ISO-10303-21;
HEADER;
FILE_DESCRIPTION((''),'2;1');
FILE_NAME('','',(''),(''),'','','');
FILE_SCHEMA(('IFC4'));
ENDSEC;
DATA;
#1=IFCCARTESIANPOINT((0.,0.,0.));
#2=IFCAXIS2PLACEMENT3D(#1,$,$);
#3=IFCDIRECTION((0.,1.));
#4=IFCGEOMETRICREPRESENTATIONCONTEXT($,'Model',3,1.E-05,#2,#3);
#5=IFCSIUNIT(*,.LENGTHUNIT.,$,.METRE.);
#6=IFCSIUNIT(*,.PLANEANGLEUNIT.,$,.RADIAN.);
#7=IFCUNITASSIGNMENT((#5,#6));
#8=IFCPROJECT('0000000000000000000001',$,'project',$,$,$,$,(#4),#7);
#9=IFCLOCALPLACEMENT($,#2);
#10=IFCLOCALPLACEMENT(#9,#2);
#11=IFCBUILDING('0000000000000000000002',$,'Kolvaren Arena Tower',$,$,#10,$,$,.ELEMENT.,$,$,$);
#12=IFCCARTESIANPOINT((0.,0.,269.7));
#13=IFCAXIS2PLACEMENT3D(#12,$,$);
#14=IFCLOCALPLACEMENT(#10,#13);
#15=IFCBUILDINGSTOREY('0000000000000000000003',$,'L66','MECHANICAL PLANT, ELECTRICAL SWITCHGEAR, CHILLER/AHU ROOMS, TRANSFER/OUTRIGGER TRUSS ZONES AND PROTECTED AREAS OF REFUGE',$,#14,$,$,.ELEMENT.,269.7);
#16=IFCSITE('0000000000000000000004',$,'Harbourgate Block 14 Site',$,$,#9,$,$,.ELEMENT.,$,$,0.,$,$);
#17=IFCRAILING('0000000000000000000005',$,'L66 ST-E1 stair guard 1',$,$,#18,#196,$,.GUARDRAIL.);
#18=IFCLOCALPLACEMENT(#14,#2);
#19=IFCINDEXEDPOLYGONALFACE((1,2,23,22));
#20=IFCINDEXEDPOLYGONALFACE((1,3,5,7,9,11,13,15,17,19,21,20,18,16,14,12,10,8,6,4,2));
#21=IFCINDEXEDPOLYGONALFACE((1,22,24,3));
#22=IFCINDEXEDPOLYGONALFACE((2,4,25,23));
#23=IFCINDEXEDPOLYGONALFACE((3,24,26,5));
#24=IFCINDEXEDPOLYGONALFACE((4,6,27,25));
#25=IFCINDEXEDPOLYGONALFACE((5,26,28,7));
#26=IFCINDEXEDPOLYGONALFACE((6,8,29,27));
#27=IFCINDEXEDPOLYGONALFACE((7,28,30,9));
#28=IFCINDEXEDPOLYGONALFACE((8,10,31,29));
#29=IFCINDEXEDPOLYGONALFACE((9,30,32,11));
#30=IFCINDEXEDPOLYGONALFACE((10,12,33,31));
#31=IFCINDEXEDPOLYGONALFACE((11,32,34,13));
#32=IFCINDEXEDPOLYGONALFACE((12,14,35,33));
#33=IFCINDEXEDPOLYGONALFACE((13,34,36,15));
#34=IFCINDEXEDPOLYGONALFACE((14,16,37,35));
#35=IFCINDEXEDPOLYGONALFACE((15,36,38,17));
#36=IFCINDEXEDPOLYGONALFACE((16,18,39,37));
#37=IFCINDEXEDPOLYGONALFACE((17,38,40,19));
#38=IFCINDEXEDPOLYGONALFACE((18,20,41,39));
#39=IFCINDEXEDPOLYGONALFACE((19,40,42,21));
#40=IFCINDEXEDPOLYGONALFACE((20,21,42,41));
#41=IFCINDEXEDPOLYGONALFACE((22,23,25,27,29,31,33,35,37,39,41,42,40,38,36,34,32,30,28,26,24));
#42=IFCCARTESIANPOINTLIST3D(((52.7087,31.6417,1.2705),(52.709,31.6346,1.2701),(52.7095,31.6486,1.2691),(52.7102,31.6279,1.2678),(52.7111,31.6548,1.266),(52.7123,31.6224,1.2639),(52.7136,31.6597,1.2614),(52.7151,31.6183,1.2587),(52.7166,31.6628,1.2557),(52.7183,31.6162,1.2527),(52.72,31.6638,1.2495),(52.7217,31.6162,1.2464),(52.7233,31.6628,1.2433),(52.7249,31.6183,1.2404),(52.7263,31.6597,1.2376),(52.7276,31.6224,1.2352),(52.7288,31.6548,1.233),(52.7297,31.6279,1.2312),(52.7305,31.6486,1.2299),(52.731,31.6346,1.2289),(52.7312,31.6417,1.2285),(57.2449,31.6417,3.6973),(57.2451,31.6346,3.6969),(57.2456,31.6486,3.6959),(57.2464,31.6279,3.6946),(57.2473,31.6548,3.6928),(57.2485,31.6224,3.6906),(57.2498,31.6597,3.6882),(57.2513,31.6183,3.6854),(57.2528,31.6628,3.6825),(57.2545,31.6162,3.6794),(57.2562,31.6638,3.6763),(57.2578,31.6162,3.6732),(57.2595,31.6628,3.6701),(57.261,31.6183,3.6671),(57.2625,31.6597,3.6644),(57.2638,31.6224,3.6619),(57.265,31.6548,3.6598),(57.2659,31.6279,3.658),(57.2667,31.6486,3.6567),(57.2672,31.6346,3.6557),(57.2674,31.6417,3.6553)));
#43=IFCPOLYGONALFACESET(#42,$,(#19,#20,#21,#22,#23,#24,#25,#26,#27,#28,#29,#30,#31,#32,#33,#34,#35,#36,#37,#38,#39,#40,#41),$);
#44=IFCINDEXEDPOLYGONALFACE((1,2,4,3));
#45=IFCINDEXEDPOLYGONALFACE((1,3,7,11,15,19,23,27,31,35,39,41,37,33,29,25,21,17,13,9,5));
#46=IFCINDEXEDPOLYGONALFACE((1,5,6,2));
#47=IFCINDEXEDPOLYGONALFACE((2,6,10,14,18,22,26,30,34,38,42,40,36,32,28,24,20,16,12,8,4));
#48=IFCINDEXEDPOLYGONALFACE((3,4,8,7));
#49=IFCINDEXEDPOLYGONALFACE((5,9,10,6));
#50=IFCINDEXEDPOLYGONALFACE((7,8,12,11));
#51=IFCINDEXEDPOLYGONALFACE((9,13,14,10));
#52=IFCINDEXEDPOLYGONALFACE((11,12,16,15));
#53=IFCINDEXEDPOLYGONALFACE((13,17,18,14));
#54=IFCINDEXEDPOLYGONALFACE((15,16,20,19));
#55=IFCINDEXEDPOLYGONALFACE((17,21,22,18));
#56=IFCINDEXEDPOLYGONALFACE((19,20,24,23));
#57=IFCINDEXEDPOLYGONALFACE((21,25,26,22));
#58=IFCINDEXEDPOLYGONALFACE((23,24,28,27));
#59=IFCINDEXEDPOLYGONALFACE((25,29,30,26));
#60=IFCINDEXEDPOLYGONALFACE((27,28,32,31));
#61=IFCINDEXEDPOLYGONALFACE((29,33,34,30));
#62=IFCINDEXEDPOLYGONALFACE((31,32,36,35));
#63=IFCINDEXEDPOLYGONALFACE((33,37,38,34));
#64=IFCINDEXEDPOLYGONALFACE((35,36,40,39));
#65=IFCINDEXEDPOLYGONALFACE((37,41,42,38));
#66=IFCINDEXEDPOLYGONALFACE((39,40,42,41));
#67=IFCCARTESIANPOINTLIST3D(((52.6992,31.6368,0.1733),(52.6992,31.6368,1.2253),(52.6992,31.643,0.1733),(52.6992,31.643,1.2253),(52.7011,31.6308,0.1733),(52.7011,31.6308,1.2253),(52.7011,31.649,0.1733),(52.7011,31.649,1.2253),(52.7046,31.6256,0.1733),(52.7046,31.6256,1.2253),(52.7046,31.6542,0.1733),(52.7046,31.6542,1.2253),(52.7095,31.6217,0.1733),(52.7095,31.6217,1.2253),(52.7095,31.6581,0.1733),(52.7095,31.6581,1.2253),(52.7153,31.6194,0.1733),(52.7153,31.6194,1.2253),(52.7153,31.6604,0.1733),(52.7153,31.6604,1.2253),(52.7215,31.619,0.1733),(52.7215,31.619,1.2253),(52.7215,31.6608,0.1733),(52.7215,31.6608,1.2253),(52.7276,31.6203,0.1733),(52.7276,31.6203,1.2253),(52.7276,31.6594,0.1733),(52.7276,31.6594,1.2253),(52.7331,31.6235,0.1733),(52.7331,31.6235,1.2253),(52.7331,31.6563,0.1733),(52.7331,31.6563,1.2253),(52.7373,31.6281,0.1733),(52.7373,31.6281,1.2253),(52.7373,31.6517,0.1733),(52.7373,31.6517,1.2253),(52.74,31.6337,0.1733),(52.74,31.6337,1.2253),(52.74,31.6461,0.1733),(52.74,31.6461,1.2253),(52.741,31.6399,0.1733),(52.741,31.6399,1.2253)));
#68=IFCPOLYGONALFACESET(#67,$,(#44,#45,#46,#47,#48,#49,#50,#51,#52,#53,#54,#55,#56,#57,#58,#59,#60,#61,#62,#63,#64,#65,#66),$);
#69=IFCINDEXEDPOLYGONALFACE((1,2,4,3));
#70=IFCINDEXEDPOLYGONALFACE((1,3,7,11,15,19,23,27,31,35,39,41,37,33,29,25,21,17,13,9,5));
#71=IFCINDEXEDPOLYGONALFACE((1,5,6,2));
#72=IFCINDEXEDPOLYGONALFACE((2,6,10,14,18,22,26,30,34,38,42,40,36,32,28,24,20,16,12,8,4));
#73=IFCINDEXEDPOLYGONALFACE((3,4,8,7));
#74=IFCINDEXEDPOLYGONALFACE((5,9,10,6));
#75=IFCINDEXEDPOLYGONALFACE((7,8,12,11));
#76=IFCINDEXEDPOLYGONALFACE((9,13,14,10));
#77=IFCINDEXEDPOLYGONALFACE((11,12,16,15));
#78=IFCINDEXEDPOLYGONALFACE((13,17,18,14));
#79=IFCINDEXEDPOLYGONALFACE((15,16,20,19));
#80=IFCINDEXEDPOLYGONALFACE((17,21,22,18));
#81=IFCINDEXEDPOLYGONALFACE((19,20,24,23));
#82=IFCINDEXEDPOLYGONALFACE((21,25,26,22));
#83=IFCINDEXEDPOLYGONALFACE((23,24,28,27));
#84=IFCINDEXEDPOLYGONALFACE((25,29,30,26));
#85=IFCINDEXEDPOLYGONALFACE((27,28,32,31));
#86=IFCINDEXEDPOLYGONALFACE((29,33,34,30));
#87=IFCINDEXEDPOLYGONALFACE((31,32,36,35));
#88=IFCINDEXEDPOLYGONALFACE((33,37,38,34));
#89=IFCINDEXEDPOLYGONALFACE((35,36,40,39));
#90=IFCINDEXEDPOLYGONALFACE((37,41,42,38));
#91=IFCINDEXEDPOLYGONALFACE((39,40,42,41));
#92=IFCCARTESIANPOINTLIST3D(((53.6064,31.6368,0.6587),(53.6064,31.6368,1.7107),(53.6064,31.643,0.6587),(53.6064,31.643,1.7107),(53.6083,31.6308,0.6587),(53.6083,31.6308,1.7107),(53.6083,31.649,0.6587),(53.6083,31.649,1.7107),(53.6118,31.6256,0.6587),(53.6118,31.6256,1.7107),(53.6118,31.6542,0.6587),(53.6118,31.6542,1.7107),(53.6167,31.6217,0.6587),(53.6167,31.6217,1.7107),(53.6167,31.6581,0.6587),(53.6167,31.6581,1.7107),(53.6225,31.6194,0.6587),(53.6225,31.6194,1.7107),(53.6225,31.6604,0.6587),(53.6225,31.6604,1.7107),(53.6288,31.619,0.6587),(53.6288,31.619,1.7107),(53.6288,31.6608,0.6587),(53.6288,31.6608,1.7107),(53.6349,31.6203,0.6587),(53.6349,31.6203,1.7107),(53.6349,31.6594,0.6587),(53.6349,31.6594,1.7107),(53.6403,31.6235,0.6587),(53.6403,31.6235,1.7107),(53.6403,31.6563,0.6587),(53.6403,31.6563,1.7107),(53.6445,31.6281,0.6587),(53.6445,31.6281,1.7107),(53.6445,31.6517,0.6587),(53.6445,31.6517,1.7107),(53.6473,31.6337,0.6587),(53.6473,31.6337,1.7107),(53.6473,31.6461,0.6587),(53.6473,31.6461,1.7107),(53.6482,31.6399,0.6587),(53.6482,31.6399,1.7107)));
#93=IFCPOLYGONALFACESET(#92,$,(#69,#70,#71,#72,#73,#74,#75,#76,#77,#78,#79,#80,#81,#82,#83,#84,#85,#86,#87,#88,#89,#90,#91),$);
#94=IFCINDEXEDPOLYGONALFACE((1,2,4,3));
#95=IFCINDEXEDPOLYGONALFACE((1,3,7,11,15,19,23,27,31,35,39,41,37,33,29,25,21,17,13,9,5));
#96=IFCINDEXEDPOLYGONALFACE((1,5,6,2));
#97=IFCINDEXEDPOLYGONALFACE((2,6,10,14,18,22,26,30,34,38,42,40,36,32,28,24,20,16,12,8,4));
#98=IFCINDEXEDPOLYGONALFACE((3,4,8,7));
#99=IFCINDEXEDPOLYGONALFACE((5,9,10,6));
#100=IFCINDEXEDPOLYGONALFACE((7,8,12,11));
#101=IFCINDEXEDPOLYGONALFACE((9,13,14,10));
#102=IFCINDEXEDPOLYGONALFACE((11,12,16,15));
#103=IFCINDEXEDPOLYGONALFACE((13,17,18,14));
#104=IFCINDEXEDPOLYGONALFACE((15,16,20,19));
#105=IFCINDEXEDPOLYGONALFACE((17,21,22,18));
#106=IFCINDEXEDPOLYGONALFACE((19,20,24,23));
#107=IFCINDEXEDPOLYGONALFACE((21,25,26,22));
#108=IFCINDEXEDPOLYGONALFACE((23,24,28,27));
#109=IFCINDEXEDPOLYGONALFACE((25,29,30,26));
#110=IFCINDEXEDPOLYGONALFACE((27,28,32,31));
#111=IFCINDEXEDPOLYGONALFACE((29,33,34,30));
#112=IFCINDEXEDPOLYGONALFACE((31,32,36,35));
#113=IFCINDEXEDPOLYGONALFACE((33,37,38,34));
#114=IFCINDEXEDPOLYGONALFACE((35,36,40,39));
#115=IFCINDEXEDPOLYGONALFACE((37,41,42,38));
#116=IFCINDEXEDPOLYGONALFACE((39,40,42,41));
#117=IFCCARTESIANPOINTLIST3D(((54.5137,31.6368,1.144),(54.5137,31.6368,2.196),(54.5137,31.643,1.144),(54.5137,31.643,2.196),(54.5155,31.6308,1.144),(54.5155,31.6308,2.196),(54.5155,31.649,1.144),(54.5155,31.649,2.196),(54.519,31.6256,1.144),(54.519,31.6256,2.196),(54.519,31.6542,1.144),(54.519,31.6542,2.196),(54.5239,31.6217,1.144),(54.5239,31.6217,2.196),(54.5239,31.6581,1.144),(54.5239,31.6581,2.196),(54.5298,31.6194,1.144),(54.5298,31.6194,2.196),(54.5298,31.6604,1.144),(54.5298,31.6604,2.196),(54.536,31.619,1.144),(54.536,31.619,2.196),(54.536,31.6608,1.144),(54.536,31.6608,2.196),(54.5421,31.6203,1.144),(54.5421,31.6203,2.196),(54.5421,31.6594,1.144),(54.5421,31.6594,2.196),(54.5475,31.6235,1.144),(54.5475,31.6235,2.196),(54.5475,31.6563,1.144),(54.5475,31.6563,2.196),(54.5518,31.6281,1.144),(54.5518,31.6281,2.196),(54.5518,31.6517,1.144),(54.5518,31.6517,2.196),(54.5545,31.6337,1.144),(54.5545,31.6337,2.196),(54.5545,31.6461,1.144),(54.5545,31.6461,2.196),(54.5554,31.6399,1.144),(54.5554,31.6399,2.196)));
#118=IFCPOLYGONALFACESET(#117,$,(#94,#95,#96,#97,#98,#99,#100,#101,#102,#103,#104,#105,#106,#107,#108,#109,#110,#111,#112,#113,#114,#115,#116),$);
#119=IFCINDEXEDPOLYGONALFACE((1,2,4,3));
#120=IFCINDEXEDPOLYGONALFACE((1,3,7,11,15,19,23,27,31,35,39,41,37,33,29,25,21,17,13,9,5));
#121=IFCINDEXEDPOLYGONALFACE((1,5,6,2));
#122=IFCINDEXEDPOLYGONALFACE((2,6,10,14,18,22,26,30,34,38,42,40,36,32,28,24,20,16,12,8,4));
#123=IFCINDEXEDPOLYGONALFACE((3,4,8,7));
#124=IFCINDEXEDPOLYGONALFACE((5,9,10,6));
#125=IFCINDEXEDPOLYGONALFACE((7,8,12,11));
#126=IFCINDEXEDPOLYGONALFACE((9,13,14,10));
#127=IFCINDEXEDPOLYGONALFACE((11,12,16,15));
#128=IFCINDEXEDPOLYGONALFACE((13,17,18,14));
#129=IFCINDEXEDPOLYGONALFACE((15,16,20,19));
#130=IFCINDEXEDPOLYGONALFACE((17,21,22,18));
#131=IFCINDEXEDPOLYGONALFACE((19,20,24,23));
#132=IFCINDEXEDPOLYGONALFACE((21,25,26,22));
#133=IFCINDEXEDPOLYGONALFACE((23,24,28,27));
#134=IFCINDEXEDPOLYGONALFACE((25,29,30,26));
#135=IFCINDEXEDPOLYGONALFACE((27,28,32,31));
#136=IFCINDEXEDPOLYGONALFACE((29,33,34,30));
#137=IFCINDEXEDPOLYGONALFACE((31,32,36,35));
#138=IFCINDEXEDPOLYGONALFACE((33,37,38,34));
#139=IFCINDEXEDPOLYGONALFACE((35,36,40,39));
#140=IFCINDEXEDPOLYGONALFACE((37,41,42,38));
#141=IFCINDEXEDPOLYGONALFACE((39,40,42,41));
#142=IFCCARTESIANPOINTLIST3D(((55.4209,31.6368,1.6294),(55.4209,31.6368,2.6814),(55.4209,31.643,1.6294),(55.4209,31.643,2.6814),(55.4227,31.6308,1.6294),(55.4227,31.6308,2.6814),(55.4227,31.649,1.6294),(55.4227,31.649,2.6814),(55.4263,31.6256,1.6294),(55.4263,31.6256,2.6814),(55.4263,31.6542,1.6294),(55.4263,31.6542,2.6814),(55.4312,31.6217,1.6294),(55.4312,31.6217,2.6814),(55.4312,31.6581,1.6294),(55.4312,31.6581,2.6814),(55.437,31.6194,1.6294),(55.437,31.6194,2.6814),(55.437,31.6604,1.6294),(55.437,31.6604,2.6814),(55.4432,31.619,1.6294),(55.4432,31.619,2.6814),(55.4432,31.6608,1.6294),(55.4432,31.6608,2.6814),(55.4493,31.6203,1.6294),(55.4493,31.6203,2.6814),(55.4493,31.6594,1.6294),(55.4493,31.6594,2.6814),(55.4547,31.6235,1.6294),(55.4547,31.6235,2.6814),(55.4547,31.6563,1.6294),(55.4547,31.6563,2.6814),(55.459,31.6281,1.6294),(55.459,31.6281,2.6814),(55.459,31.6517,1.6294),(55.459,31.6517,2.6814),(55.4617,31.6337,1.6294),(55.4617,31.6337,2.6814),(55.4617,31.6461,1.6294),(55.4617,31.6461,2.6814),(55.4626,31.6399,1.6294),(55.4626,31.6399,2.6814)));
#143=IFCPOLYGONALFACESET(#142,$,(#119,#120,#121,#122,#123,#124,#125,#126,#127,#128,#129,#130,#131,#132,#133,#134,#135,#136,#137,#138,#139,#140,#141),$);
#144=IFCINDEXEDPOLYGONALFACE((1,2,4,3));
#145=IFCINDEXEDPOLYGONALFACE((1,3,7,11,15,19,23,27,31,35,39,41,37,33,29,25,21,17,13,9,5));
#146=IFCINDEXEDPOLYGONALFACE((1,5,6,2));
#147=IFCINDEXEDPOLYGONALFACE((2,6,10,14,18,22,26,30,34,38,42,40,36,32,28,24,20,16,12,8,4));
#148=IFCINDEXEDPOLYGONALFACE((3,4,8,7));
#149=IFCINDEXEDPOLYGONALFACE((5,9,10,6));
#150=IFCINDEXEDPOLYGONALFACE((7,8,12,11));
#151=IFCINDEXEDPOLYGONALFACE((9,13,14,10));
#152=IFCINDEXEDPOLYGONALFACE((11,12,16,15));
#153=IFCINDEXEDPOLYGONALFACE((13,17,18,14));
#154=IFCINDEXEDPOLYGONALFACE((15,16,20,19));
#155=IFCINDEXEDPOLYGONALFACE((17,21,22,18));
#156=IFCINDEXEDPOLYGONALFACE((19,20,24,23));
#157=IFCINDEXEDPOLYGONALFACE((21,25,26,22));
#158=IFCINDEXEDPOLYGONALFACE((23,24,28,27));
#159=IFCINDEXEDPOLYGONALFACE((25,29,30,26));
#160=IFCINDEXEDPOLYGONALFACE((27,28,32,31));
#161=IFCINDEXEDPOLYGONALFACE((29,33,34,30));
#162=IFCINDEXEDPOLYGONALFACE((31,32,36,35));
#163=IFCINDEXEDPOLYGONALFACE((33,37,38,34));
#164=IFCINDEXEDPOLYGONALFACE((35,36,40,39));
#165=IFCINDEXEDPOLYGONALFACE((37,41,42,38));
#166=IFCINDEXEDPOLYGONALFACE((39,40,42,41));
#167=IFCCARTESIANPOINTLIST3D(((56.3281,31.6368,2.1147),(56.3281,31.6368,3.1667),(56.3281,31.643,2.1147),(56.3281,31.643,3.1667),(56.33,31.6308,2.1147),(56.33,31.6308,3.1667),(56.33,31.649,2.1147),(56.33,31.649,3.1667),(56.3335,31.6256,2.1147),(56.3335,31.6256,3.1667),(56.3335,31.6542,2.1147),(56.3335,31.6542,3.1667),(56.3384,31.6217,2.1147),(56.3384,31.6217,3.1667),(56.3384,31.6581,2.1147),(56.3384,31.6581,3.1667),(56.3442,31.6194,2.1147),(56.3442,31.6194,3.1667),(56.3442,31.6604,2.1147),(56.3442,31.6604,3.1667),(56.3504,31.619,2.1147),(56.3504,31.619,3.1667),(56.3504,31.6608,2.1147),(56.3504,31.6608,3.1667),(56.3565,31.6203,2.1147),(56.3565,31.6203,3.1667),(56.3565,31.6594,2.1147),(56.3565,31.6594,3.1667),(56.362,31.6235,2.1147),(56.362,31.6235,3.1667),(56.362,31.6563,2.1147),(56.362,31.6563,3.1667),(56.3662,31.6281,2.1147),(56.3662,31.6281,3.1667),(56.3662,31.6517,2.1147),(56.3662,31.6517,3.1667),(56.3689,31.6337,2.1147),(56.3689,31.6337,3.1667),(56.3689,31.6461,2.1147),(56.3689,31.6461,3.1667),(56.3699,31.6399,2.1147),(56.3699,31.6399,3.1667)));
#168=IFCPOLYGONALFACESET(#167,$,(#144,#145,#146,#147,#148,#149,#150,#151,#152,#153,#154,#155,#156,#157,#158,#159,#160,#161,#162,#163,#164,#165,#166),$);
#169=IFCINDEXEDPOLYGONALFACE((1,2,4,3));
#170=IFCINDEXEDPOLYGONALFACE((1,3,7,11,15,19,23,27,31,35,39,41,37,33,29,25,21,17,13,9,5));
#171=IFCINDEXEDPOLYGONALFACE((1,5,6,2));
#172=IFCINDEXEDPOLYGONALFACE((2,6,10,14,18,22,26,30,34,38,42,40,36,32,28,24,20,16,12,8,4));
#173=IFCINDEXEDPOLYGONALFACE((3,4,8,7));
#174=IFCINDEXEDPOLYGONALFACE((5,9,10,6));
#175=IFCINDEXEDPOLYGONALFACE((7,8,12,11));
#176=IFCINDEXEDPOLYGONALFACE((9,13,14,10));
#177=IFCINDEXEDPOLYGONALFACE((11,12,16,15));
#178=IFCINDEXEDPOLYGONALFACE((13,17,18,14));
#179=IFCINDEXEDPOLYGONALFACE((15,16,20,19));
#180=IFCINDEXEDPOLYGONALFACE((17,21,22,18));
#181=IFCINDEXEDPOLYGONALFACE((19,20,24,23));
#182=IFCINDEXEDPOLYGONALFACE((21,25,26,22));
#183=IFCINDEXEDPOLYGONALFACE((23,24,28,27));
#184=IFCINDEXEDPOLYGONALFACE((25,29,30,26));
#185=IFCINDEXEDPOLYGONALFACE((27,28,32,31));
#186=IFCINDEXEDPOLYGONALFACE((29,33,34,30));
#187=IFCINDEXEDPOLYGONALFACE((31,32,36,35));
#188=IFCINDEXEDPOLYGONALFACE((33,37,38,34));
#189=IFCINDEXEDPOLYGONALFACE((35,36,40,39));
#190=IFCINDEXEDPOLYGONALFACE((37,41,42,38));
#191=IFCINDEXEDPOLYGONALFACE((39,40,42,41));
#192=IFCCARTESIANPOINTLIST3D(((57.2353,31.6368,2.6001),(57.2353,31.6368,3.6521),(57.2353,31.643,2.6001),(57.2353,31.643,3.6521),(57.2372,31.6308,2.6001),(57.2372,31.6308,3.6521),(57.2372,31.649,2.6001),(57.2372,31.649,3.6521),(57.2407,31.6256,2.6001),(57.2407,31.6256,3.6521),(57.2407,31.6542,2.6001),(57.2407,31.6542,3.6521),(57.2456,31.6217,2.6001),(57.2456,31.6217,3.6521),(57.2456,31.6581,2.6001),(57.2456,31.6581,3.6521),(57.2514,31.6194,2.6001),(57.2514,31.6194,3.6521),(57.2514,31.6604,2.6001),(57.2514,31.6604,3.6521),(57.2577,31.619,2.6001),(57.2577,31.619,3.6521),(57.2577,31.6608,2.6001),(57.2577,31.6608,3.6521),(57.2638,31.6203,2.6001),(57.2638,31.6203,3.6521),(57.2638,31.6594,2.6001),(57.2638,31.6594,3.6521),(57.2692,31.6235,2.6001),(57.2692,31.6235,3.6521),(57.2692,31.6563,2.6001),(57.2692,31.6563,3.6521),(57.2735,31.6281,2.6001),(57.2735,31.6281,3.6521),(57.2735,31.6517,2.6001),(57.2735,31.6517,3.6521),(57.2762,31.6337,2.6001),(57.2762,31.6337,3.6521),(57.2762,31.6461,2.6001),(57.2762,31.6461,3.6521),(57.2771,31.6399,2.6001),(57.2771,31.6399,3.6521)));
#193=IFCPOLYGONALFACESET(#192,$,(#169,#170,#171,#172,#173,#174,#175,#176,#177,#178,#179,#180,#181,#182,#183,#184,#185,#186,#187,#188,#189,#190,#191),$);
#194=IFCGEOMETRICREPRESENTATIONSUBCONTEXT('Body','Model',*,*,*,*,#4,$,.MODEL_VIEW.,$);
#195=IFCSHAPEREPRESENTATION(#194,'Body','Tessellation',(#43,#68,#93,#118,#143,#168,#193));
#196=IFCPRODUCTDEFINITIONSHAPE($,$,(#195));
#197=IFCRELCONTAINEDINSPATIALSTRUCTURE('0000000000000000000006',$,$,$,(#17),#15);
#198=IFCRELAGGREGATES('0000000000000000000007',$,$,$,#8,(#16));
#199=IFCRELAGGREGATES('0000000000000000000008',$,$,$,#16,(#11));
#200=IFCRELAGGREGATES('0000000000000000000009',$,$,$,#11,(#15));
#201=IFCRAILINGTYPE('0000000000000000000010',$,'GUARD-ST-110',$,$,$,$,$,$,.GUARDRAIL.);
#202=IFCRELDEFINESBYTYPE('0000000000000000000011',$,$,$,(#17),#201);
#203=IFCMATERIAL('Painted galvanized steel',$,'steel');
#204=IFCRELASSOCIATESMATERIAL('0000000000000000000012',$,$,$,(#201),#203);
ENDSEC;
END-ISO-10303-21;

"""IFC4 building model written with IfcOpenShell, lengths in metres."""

from ifc_helpers import new_model, si_unit, direction, frame, origin, origin_2d, place, context, subcontext, project, spatial, circle, extrude, material, type_object, element, save


model = new_model("IFC4")

# Units and contexts
model_context = context("Model", 3, precision=1e-05, world=origin(), true_north=direction((0.0, 1.0)))
body_context = subcontext(model_context, "Body", "Model", "MODEL_VIEW")
ifc_project = project(units=[si_unit("LENGTHUNIT", "METRE"), si_unit("PLANEANGLEUNIT", "RADIAN")], contexts=[model_context])

# Site, building, storey
site_placement = place(None, origin())
site = spatial("IfcSite", under=ifc_project, at=site_placement, Name="Harbourgate Block 14 Site", CompositionType="ELEMENT", RefElevation=0.0)
building_placement = place(site_placement, origin())
building = spatial("IfcBuilding", under=site, at=building_placement, Name="Kolvaren Arena Tower", CompositionType="ELEMENT")
storey_placement = place(building_placement, frame((0.0, 0.0, 269.7)))
storey = spatial("IfcBuildingStorey", under=building, at=storey_placement, Name="L66", Description="MECHANICAL PLANT, ELECTRICAL SWITCHGEAR, CHILLER/AHU ROOMS, TRANSFER/OUTRIGGER TRUSS ZONES AND PROTECTED AREAS OF REFUGE", CompositionType="ELEMENT", Elevation=269.7)

# Railing
ifc_material_1 = material(Name="Painted galvanized steel", Category="steel")
railing_type_1 = type_object("IfcRailingType", Name="GUARD-ST-110", PredefinedType="GUARDRAIL", material=ifc_material_1)
railing_1_placement = place(storey_placement, frame((52.72, 31.6399, 0.1733)))
element("IfcRailing", 1, at=railing_1_placement, inside=storey, type_object=railing_type_1, Name="L66 ST-E1 stair guard 1", PredefinedType="GUARDRAIL", context=body_context, shape_type="SweptSolid", body=[
    extrude(circle(Radius=0.0239, at=origin_2d()), frame((0.0, 0.0, 1.0762), z_axis=(0.881748, 0.0, 0.471721), x_axis=(0.0, 1.0, 0.0)), (0.0, 0.0, 1.0), 5.1445),
    extrude(circle(Radius=0.021, at=origin_2d()), origin(), (0.0, 0.0, 1.0), 1.052),
    extrude(circle(Radius=0.021, at=origin_2d()), frame((0.9072, 0.0, 0.4854)), (0.0, 0.0, 1.0), 1.052),
    extrude(circle(Radius=0.021, at=origin_2d()), frame((1.8145, 0.0, 0.9707)), (0.0, 0.0, 1.0), 1.052),
    extrude(circle(Radius=0.021, at=origin_2d()), frame((2.7217, 0.0, 1.4561)), (0.0, 0.0, 1.0), 1.052),
    extrude(circle(Radius=0.021, at=origin_2d()), frame((3.6289, 0.0, 1.9414)), (0.0, 0.0, 1.0), 1.052),
    extrude(circle(Radius=0.021, at=origin_2d()), frame((4.5361, 0.0, 2.4268)), (0.0, 0.0, 1.0), 1.052),
])

save(model, "model.ifc")
